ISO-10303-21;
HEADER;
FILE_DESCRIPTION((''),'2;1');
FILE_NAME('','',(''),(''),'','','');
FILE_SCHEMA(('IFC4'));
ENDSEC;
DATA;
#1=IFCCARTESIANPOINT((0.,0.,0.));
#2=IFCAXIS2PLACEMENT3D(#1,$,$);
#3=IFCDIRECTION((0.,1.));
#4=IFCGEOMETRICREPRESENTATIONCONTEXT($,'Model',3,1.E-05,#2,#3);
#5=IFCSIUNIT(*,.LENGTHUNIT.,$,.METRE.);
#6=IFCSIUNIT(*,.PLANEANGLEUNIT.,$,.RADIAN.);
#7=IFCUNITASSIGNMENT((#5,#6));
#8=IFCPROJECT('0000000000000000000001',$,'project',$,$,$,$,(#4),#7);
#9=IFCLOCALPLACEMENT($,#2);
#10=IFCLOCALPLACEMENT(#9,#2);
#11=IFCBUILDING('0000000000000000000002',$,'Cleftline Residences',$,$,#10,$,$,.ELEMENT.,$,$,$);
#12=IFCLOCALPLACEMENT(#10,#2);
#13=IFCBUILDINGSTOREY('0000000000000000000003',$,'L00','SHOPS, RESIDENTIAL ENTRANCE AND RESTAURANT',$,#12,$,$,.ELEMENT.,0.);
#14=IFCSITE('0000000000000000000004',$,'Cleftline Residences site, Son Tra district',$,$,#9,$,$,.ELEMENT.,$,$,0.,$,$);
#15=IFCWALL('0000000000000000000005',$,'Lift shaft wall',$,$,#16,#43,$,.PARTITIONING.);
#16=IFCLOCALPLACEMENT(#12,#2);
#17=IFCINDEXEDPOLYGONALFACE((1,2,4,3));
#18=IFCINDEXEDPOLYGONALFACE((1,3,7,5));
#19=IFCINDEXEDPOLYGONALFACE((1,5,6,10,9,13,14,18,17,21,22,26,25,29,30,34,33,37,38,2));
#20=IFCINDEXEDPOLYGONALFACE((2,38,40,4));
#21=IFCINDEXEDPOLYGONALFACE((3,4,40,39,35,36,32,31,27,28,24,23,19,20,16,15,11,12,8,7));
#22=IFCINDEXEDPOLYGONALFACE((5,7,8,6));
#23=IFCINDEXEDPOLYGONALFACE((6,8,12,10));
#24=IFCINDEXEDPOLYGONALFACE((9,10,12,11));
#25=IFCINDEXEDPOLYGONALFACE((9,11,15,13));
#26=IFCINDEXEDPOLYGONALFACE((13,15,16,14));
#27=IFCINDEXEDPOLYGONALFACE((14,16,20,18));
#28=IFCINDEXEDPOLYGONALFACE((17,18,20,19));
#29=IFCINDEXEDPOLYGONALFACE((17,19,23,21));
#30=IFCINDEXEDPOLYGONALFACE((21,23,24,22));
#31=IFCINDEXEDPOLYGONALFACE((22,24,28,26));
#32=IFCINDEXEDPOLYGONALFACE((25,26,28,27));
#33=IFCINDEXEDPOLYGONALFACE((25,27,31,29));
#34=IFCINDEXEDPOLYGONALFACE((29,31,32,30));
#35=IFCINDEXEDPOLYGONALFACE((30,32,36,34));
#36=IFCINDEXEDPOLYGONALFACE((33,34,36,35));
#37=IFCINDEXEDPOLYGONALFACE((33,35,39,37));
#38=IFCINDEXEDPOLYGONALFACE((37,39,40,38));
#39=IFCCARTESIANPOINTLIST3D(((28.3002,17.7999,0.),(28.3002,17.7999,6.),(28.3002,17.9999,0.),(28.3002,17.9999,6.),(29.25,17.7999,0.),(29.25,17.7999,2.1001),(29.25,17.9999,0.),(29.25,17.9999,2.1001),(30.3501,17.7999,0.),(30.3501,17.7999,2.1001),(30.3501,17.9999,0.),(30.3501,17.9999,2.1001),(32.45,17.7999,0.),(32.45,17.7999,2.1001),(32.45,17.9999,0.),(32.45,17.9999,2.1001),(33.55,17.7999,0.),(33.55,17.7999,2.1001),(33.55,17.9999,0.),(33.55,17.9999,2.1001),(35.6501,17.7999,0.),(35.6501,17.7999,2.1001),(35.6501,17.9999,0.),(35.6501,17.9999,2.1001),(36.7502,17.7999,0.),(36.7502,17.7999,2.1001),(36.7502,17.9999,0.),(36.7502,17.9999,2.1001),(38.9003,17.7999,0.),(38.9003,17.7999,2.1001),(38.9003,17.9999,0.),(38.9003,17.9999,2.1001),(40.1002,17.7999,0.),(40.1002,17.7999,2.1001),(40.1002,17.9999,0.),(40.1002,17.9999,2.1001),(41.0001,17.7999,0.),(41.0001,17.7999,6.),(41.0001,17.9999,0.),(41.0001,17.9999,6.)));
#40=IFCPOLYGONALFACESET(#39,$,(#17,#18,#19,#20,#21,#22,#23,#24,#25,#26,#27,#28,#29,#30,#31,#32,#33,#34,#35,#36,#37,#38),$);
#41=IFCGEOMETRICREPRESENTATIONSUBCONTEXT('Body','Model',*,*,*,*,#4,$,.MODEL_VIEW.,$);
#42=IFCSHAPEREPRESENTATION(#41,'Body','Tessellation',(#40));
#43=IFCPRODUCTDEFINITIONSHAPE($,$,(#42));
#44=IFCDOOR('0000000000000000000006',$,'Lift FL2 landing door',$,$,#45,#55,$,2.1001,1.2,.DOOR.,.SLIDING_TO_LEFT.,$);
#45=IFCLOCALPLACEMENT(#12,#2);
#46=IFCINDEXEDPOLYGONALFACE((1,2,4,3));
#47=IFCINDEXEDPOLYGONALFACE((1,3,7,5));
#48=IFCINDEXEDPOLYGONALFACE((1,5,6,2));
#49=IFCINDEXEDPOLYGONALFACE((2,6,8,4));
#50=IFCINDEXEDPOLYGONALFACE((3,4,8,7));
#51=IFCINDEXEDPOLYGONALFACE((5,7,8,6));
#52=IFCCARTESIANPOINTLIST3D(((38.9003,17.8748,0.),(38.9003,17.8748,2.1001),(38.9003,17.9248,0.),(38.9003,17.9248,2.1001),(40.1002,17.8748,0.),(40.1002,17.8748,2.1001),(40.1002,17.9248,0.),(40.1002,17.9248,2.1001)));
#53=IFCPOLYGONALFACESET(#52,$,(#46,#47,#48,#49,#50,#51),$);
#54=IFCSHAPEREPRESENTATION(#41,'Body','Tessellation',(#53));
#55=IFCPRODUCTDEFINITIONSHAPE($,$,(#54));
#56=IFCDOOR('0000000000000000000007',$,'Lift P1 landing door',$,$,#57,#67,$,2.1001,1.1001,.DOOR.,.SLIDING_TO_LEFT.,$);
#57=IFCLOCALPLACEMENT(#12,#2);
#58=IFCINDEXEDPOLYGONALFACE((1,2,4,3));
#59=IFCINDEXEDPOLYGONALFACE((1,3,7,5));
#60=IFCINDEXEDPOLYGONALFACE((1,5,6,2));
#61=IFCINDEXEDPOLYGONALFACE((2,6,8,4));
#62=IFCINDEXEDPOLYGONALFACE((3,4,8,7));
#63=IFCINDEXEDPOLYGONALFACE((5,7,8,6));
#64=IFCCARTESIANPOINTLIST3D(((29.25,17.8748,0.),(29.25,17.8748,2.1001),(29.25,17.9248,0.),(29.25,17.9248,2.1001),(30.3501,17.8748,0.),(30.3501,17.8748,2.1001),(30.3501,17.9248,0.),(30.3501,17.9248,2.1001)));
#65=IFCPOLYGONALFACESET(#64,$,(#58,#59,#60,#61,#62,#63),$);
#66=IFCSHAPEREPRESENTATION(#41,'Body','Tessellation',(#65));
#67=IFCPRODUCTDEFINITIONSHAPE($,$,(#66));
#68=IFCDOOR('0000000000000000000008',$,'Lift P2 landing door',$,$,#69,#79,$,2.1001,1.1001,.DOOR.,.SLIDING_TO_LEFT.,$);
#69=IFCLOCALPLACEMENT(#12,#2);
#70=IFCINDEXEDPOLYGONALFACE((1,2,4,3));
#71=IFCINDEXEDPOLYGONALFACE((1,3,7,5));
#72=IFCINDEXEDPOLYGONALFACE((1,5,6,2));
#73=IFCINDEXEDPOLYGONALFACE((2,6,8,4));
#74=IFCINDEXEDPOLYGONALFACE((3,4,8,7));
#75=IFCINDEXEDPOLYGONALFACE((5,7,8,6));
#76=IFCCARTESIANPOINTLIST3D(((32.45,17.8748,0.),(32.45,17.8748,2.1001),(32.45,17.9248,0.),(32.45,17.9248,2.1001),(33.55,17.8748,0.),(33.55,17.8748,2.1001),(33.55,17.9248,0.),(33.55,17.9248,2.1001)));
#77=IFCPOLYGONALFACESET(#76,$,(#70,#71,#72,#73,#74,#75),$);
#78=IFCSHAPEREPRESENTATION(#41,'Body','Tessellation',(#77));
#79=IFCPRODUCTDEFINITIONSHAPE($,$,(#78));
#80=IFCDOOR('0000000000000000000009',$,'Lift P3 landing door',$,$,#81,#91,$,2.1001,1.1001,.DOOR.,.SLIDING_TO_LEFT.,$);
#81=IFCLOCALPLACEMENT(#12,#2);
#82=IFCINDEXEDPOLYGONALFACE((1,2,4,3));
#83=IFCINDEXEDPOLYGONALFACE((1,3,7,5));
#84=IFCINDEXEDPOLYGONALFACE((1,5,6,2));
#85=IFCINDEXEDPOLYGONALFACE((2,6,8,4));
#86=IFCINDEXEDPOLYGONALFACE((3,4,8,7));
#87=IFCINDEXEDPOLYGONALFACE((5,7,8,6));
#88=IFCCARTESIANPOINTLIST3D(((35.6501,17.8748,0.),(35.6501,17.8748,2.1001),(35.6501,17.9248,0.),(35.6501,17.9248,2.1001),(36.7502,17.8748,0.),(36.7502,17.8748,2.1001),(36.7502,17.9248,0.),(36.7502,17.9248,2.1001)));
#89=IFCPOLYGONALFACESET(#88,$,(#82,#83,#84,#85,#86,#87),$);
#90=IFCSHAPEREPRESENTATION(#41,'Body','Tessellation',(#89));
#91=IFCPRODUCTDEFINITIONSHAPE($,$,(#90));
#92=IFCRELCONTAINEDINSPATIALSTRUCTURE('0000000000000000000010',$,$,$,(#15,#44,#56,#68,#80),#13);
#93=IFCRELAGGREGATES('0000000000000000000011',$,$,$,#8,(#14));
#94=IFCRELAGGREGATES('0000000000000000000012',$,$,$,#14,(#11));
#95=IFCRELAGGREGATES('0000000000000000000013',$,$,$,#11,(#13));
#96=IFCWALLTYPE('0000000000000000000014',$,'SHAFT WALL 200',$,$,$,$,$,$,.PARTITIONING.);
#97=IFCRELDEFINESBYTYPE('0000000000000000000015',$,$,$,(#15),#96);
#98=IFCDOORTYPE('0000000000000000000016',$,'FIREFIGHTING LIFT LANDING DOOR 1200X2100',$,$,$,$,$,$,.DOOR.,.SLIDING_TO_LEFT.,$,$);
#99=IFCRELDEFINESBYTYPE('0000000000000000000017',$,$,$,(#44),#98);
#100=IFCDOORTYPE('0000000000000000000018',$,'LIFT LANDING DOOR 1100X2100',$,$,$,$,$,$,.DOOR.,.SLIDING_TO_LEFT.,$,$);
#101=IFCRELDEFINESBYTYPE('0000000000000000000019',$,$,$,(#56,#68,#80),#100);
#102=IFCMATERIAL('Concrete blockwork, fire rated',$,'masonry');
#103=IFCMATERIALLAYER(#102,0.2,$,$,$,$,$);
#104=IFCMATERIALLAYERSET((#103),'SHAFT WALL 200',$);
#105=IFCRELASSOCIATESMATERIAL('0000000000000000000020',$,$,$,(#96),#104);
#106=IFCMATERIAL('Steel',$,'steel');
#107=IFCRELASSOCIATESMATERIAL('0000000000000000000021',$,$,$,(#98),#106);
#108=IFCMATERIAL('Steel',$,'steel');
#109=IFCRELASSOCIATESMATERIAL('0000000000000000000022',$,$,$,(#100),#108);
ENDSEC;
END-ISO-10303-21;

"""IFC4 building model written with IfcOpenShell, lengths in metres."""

from ifc_helpers import new_model, si_unit, direction, frame, frame_2d, origin, place, context, subcontext, project, spatial, rectangle, extrude, material, layer, layer_set, type_object, element, fill, save


model = new_model("IFC4")

# Units and contexts
model_context = context("Model", 3, precision=1e-05, world=origin(), true_north=direction((0.0, 1.0)))
body_context = subcontext(model_context, "Body", "Model", "MODEL_VIEW")
ifc_project = project(units=[si_unit("LENGTHUNIT", "METRE"), si_unit("PLANEANGLEUNIT", "RADIAN")], contexts=[model_context])

# Site, building, storey
site_placement = place(None, origin())
site = spatial("IfcSite", under=ifc_project, at=site_placement, Name="Cleftline Residences site, Son Tra district", CompositionType="ELEMENT", RefElevation=0.0)
building_placement = place(site_placement, origin())
building = spatial("IfcBuilding", under=site, at=building_placement, Name="Cleftline Residences", CompositionType="ELEMENT")
storey_placement = place(building_placement, origin())
storey = spatial("IfcBuildingStorey", under=building, at=storey_placement, Name="L00", Description="SHOPS, RESIDENTIAL ENTRANCE AND RESTAURANT", CompositionType="ELEMENT", Elevation=0.0)

# Wall, openings, doors
ifc_material_1 = material(Name="Concrete blockwork, fire rated", Category="masonry")
ifc_layer_1 = layer(ifc_material_1, 0.2)
ifc_layer_set_1 = layer_set([ifc_layer_1], Name="SHAFT WALL 200")
wall_type_1 = type_object("IfcWallType", Name="SHAFT WALL 200", PredefinedType="PARTITIONING", material=ifc_layer_set_1)
wall_1_placement = place(storey_placement, frame((28.3, 17.8999, 0.0), z_axis=(0.0, 0.0, 1.0), x_axis=(1.0, 0.0, 0.0)))
wall_1 = element("IfcWall", 1, at=wall_1_placement, inside=storey, type_object=wall_type_1, Name="Lift shaft wall", PredefinedType="PARTITIONING", context=body_context, shape_type="SweptSolid", body=[
    extrude(rectangle(XDim=12.7, YDim=0.2, at=frame_2d((6.3501, 0.0))), origin(), (0.0, 0.0, 1.0), 6.0),
])
opening_1_placement = place(wall_1_placement, frame((0.95, 0.0, 0.0)))
opening_1 = element("IfcOpeningElement", 2, at=opening_1_placement, cuts=wall_1, PredefinedType="OPENING", context=body_context, shape_type="SweptSolid", body=[
    extrude(rectangle(XDim=1.1001, YDim=2.1001, at=frame_2d((0.55, 1.05))), frame((0.0, 0.1099, 0.0), z_axis=(0.0, -1.0, 0.0), x_axis=(1.0, 0.0, 0.0)), (0.0, 0.0, 1.0), 0.22),
])
opening_2_placement = place(wall_1_placement, frame((4.1499, 0.0, 0.0)))
opening_2 = element("IfcOpeningElement", 3, at=opening_2_placement, cuts=wall_1, PredefinedType="OPENING", context=body_context, shape_type="SweptSolid", body=[
    extrude(rectangle(XDim=1.1001, YDim=2.1001, at=frame_2d((0.55, 1.05))), frame((0.0, 0.1099, 0.0), z_axis=(0.0, -1.0, 0.0), x_axis=(1.0, 0.0, 0.0)), (0.0, 0.0, 1.0), 0.22),
])
opening_3_placement = place(wall_1_placement, frame((7.3501, 0.0, 0.0)))
opening_3 = element("IfcOpeningElement", 4, at=opening_3_placement, cuts=wall_1, PredefinedType="OPENING", context=body_context, shape_type="SweptSolid", body=[
    extrude(rectangle(XDim=1.1001, YDim=2.1001, at=frame_2d((0.55, 1.05))), frame((0.0, 0.1099, 0.0), z_axis=(0.0, -1.0, 0.0), x_axis=(1.0, 0.0, 0.0)), (0.0, 0.0, 1.0), 0.22),
])
opening_4_placement = place(wall_1_placement, frame((10.6001, 0.0, 0.0)))
opening_4 = element("IfcOpeningElement", 5, at=opening_4_placement, cuts=wall_1, PredefinedType="OPENING", context=body_context, shape_type="SweptSolid", body=[
    extrude(rectangle(XDim=1.2, YDim=2.1001, at=frame_2d((0.6001, 1.05))), frame((0.0, 0.1099, 0.0), z_axis=(0.0, -1.0, 0.0), x_axis=(1.0, 0.0, 0.0)), (0.0, 0.0, 1.0), 0.22),
])
ifc_material_2 = material(Name="Steel", Category="steel")
door_type_1 = type_object("IfcDoorType", Name="FIREFIGHTING LIFT LANDING DOOR 1200X2100", OperationType="SLIDING_TO_LEFT", PredefinedType="DOOR", material=ifc_material_2)
door_1_placement = place(opening_4_placement, origin())
door_1 = element("IfcDoor", 6, at=door_1_placement, inside=storey, type_object=door_type_1, Name="Lift FL2 landing door", OperationType="SLIDING_TO_LEFT", OverallHeight=2.1001, OverallWidth=1.2, PredefinedType="DOOR", context=body_context, shape_type="SweptSolid", body=[
    extrude(rectangle(XDim=1.2, YDim=2.1001, at=frame_2d((0.6001, 1.05))), frame((0.0, 0.0249, 0.0), z_axis=(0.0, -1.0, 0.0), x_axis=(1.0, 0.0, 0.0)), (0.0, 0.0, 1.0), 0.05),
])
fill(opening_4, door_1)
ifc_material_3 = material(Name="Steel", Category="steel")
door_type_2 = type_object("IfcDoorType", Name="LIFT LANDING DOOR 1100X2100", OperationType="SLIDING_TO_LEFT", PredefinedType="DOOR", material=ifc_material_3)
door_2_placement = place(opening_1_placement, origin())
door_2 = element("IfcDoor", 7, at=door_2_placement, inside=storey, type_object=door_type_2, Name="Lift P1 landing door", OperationType="SLIDING_TO_LEFT", OverallHeight=2.1001, OverallWidth=1.1001, PredefinedType="DOOR", context=body_context, shape_type="SweptSolid", body=[
    extrude(rectangle(XDim=1.1001, YDim=2.1001, at=frame_2d((0.55, 1.05))), frame((0.0, 0.0249, 0.0), z_axis=(0.0, -1.0, 0.0), x_axis=(1.0, 0.0, 0.0)), (0.0, 0.0, 1.0), 0.05),
])
fill(opening_1, door_2)
door_3_placement = place(opening_2_placement, origin())
door_3 = element("IfcDoor", 8, at=door_3_placement, inside=storey, type_object=door_type_2, Name="Lift P2 landing door", OperationType="SLIDING_TO_LEFT", OverallHeight=2.1001, OverallWidth=1.1001, PredefinedType="DOOR", context=body_context, shape_type="SweptSolid", body=[
    extrude(rectangle(XDim=1.1001, YDim=2.1001, at=frame_2d((0.55, 1.05))), frame((0.0, 0.0249, 0.0), z_axis=(0.0, -1.0, 0.0), x_axis=(1.0, 0.0, 0.0)), (0.0, 0.0, 1.0), 0.05),
])
fill(opening_2, door_3)
door_4_placement = place(opening_3_placement, origin())
door_4 = element("IfcDoor", 9, at=door_4_placement, inside=storey, type_object=door_type_2, Name="Lift P3 landing door", OperationType="SLIDING_TO_LEFT", OverallHeight=2.1001, OverallWidth=1.1001, PredefinedType="DOOR", context=body_context, shape_type="SweptSolid", body=[
    extrude(rectangle(XDim=1.1001, YDim=2.1001, at=frame_2d((0.55, 1.05))), frame((0.0, 0.0249, 0.0), z_axis=(0.0, -1.0, 0.0), x_axis=(1.0, 0.0, 0.0)), (0.0, 0.0, 1.0), 0.05),
])
fill(opening_3, door_4)

save(model, "model.ifc")
